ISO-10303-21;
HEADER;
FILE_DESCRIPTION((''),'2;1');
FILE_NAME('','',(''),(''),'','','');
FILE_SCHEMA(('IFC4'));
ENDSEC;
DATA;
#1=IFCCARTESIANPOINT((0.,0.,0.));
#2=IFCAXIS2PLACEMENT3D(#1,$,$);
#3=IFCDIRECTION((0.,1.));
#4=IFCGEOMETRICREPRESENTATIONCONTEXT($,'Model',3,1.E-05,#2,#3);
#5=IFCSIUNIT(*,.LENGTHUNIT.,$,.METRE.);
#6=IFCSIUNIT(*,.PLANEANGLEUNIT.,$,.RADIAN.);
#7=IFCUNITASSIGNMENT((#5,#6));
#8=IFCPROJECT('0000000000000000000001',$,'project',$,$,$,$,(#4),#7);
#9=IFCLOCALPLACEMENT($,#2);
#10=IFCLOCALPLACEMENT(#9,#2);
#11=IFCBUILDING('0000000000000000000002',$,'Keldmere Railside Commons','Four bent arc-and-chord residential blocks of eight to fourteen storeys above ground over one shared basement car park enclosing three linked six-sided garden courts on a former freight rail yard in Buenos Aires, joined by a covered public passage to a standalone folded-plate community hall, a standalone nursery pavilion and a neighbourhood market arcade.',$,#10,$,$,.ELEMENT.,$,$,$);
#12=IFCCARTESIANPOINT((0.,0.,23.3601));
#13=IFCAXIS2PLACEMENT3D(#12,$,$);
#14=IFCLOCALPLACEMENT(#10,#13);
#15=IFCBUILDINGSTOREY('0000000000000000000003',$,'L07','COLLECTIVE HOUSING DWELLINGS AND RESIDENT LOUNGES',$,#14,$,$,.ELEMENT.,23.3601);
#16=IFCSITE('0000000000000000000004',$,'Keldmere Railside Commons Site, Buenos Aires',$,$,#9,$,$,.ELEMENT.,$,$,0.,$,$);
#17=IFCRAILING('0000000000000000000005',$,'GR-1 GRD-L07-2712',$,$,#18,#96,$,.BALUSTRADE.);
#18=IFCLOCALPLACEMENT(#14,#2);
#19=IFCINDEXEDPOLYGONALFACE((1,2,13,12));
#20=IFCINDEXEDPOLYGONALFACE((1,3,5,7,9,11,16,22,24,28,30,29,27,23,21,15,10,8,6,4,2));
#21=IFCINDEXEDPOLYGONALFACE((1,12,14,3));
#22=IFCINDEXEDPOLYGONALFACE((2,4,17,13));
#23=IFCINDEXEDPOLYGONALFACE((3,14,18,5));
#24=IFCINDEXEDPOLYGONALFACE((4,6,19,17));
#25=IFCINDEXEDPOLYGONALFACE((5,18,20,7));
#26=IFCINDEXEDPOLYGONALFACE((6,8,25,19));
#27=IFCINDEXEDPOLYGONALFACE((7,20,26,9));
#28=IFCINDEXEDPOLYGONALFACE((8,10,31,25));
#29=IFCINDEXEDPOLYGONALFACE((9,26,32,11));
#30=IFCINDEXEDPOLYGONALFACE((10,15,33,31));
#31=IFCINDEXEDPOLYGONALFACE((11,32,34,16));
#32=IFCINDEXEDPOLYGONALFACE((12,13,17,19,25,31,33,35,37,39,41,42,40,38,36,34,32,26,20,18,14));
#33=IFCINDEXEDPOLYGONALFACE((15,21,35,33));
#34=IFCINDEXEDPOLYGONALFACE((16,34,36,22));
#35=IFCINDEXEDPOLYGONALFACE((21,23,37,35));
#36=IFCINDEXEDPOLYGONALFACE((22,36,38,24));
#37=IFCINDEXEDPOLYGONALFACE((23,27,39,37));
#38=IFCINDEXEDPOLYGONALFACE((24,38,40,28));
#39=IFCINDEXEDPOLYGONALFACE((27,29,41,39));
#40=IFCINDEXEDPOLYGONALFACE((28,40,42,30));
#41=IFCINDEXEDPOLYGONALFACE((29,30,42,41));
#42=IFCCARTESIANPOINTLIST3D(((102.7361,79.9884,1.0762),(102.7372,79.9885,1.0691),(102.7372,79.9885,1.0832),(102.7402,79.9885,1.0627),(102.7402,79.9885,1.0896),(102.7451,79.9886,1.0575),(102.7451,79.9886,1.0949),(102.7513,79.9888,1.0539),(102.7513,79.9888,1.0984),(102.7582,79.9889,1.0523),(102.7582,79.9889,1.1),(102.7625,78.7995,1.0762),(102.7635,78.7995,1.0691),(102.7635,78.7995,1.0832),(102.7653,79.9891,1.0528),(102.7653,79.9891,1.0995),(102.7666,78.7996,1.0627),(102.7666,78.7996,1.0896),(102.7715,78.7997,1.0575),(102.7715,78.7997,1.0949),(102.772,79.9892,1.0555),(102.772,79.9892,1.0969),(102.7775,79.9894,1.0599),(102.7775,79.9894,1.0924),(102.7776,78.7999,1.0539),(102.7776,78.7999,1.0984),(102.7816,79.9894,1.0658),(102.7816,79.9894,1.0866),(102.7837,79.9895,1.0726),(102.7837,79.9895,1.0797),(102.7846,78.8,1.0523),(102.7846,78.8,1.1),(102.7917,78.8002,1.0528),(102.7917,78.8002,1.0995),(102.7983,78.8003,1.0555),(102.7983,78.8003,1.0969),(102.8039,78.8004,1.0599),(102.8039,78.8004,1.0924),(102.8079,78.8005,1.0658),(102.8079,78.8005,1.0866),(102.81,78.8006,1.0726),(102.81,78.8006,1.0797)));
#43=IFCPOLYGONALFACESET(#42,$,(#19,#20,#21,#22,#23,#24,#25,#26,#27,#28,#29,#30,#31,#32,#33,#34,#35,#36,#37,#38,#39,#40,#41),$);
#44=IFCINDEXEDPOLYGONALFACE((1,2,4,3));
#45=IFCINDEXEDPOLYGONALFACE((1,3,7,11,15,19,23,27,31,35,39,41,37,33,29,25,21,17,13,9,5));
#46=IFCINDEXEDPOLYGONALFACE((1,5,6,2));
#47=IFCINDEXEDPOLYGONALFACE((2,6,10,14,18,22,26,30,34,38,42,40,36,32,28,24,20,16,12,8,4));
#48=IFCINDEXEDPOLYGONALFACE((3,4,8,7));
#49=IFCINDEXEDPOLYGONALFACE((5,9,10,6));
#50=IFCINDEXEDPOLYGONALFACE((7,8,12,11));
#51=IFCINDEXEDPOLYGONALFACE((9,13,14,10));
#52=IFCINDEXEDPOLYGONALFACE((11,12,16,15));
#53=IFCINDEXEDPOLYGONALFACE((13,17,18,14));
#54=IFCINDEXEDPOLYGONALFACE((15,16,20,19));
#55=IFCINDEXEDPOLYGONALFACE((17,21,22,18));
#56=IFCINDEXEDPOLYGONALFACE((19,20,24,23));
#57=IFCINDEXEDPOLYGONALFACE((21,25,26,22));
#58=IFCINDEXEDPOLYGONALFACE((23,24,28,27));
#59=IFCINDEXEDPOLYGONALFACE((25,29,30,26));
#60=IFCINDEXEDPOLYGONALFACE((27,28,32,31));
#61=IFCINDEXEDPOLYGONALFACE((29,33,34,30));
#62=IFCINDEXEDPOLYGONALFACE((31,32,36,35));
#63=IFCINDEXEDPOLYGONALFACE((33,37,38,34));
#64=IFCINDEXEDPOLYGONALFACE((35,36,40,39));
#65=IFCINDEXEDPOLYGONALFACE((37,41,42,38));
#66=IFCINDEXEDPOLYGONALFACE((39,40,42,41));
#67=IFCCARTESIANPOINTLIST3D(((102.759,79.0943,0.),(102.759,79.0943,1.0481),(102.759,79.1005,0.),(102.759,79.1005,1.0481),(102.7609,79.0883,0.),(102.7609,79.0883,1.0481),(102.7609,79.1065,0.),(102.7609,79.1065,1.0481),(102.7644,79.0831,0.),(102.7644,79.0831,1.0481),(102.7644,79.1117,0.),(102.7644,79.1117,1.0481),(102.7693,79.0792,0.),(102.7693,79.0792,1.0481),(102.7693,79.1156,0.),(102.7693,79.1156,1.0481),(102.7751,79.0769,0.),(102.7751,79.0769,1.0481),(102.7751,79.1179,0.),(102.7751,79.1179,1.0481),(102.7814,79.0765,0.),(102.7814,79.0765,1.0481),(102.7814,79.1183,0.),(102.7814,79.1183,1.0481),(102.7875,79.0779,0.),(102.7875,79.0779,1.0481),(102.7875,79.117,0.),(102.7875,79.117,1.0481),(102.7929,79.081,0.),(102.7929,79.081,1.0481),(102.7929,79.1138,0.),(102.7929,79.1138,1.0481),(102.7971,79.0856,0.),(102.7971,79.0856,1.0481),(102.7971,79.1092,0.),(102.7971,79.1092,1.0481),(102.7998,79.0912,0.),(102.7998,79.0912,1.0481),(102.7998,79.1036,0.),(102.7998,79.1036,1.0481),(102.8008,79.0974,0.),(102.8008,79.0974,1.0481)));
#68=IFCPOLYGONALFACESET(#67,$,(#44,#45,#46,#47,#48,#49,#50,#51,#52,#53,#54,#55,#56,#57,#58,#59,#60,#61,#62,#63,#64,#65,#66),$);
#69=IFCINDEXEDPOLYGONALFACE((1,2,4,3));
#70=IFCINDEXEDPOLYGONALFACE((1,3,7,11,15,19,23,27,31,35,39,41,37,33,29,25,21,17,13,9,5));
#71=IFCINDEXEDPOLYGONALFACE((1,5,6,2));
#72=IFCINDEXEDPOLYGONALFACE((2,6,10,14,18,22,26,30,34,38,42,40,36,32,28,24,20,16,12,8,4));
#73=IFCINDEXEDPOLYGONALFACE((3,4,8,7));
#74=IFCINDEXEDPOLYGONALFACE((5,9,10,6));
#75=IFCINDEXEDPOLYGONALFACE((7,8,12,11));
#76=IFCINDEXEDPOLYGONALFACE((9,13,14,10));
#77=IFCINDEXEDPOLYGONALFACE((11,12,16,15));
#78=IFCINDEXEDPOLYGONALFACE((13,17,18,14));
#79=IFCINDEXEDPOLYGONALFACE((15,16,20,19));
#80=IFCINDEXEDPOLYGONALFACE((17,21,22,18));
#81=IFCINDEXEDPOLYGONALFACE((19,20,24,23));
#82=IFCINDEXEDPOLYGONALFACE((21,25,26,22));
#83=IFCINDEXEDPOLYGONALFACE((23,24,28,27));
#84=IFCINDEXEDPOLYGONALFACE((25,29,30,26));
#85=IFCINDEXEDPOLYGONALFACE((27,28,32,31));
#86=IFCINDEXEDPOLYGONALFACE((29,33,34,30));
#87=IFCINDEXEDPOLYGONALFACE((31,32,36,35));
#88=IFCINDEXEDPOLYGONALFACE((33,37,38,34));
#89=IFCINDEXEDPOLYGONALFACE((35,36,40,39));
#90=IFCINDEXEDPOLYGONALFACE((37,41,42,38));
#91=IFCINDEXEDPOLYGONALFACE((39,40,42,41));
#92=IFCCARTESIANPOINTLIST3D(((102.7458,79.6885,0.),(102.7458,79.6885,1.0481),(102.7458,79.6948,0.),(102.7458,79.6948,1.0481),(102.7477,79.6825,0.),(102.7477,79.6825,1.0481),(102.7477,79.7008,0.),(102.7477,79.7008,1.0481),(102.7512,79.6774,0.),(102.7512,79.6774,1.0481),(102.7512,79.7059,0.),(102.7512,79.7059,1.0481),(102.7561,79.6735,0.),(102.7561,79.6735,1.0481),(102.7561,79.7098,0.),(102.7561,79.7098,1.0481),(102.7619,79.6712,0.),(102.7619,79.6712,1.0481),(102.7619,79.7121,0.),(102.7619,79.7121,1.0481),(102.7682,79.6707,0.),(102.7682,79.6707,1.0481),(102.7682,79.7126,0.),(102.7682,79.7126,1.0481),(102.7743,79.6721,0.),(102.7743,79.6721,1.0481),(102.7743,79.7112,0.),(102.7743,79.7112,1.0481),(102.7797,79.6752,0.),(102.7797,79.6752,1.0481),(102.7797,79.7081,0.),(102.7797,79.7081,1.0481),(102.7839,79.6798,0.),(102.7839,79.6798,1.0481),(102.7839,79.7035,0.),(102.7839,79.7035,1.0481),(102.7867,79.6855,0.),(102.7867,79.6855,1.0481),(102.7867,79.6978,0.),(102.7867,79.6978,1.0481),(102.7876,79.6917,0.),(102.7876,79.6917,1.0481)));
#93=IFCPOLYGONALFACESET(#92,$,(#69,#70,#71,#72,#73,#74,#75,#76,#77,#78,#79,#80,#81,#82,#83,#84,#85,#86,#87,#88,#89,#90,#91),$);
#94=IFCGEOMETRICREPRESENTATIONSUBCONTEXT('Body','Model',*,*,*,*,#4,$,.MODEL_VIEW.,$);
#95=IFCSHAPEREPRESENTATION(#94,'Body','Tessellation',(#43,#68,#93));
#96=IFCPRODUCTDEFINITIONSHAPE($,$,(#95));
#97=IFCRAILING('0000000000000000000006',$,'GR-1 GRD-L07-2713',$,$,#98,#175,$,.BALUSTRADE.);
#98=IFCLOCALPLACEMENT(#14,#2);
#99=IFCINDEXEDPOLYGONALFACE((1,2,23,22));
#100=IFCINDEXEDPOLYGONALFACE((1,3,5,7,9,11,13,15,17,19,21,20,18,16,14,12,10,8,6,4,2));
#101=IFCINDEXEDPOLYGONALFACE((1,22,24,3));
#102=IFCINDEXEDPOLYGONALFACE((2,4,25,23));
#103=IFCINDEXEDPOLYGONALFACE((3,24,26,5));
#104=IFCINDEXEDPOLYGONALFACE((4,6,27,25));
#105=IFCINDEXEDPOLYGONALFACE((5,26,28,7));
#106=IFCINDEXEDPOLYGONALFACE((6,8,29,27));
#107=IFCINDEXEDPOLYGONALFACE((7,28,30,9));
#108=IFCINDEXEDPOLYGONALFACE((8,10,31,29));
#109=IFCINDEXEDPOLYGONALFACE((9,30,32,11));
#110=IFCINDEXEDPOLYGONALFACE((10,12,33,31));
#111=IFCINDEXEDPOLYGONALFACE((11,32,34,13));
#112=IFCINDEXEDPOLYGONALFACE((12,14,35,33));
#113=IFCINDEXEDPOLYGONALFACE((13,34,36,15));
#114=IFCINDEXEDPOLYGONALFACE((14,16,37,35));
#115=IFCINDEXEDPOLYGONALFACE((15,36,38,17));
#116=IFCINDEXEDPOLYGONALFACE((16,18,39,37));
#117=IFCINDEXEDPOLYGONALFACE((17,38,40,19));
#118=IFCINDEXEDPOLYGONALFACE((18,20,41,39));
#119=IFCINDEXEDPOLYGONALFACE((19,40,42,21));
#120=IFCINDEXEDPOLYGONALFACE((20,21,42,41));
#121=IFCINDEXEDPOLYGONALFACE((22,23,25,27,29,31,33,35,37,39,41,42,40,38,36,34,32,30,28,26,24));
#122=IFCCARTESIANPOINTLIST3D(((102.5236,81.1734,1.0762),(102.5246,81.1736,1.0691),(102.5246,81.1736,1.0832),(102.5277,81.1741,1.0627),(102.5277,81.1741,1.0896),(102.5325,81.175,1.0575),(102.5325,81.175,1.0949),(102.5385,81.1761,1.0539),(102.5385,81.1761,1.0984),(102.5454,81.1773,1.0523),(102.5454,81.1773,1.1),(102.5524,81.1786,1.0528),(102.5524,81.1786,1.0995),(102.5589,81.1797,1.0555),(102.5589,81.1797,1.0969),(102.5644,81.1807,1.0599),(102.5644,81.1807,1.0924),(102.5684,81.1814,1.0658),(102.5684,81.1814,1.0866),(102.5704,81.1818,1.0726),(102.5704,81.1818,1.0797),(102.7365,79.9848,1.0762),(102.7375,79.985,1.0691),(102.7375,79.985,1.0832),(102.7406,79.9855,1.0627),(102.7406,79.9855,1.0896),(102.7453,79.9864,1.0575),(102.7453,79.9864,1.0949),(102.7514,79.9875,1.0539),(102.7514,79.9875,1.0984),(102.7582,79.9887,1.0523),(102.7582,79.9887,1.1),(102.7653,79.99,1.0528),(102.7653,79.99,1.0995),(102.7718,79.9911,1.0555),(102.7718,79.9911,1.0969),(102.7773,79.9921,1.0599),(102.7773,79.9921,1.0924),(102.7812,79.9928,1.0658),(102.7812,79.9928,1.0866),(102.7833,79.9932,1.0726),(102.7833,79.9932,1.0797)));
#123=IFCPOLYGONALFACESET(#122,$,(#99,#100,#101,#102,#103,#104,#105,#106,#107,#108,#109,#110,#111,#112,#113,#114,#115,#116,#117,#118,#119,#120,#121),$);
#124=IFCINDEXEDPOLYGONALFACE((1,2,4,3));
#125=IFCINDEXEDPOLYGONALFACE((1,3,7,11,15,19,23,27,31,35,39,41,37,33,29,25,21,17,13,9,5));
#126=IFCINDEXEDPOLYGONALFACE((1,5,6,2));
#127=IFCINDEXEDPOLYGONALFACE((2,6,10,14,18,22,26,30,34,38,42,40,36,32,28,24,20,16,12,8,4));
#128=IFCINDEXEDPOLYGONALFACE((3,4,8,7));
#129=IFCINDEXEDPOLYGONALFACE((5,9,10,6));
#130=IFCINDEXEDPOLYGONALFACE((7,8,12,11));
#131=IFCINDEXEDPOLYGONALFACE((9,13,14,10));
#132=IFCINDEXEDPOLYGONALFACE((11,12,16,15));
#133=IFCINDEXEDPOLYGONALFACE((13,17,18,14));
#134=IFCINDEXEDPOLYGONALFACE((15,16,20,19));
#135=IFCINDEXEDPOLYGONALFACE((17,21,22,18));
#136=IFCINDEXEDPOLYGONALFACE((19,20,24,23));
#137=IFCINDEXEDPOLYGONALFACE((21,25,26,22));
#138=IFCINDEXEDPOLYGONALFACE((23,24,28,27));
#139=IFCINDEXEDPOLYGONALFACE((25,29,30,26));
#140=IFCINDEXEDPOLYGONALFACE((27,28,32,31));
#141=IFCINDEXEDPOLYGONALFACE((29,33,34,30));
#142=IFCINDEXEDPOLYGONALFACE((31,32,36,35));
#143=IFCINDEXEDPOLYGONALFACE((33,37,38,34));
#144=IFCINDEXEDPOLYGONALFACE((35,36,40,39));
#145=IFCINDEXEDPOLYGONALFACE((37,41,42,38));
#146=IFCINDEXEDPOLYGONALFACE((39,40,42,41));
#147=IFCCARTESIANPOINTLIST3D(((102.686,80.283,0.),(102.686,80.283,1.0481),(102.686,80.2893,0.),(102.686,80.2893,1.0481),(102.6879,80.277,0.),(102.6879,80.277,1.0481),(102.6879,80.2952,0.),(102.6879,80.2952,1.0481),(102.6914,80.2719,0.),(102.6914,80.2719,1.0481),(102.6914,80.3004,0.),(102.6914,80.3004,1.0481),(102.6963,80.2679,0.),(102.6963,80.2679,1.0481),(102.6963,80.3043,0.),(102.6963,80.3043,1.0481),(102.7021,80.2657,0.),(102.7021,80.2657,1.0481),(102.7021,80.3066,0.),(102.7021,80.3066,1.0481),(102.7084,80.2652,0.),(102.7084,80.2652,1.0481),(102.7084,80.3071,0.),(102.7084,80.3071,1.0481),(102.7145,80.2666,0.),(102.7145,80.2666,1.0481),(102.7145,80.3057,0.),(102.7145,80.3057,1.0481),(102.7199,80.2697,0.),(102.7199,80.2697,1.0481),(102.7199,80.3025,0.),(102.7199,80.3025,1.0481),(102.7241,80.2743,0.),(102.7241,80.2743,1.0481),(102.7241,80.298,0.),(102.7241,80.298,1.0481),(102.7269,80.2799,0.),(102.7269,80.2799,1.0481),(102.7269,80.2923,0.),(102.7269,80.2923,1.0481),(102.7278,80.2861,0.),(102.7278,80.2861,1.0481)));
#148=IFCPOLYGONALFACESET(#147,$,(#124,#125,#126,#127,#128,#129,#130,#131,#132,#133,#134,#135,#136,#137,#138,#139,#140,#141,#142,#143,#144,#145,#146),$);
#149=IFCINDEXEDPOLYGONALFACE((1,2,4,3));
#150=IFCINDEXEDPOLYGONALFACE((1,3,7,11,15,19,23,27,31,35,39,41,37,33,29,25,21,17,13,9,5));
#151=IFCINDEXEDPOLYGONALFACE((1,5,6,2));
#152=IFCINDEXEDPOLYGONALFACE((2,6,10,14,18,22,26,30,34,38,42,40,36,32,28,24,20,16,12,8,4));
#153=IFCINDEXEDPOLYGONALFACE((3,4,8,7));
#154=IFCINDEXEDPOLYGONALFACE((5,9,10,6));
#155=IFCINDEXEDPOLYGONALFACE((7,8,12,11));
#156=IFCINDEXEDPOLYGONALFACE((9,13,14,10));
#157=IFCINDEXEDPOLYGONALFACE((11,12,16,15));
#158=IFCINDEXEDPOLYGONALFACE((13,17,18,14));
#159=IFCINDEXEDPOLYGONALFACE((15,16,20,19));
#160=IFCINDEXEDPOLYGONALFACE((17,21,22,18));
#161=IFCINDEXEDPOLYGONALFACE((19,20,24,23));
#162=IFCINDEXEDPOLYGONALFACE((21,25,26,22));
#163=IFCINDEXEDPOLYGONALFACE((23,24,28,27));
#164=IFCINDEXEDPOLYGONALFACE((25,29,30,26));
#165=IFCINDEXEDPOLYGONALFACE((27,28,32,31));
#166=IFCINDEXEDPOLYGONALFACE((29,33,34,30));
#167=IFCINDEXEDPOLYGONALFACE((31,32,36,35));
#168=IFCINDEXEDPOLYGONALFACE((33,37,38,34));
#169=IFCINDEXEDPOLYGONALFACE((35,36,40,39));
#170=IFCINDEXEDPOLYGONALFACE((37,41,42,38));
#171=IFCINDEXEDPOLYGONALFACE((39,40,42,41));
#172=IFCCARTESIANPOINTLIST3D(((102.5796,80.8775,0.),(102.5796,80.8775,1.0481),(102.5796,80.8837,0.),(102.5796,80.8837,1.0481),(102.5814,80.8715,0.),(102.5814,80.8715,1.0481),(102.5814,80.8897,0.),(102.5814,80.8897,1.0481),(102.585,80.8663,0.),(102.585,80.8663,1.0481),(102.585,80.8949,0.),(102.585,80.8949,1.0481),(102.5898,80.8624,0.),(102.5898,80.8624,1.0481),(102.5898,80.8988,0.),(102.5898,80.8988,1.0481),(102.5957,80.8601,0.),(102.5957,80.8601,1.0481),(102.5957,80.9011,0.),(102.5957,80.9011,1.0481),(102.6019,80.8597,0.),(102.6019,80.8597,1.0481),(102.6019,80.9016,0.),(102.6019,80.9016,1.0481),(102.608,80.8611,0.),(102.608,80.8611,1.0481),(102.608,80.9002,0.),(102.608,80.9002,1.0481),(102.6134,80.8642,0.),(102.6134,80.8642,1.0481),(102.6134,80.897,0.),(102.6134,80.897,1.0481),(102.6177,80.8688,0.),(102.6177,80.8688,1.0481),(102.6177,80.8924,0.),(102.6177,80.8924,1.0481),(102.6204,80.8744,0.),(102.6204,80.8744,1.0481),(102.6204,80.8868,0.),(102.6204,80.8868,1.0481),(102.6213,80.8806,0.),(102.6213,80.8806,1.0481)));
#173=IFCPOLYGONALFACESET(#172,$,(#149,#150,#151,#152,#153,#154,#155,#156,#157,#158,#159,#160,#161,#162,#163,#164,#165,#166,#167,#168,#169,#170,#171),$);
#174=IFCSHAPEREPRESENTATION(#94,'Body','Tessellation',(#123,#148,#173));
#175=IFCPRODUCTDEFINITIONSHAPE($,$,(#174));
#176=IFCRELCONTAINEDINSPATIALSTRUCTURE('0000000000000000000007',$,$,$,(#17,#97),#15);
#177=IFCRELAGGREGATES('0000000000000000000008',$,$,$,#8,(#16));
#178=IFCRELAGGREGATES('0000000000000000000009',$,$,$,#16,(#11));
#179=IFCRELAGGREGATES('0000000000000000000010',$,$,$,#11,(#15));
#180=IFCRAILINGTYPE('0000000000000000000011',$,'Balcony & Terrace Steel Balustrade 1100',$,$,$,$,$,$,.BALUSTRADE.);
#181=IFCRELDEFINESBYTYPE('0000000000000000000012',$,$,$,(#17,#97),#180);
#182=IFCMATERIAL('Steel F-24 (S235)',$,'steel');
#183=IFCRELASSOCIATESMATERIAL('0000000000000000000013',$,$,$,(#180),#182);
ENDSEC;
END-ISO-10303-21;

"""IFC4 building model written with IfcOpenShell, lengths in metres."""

from ifc_helpers import new_model, si_unit, direction, frame, origin, origin_2d, place, context, subcontext, project, spatial, circle, extrude, material, type_object, element, save


model = new_model("IFC4")

# Units and contexts
model_context = context("Model", 3, precision=1e-05, world=origin(), true_north=direction((0.0, 1.0)))
body_context = subcontext(model_context, "Body", "Model", "MODEL_VIEW")
ifc_project = project(units=[si_unit("LENGTHUNIT", "METRE"), si_unit("PLANEANGLEUNIT", "RADIAN")], contexts=[model_context])

# Site, building, storey
site_placement = place(None, origin())
site = spatial("IfcSite", under=ifc_project, at=site_placement, Name="Keldmere Railside Commons Site, Buenos Aires", CompositionType="ELEMENT", RefElevation=0.0)
building_placement = place(site_placement, origin())
building = spatial("IfcBuilding", under=site, at=building_placement, Name="Keldmere Railside Commons", Description="Four bent arc-and-chord residential blocks of eight to fourteen storeys above ground over one shared basement car park enclosing three linked six-sided garden courts on a former freight rail yard in Buenos Aires, joined by a covered public passage to a standalone folded-plate community hall, a standalone nursery pavilion and a neighbourhood market arcade.", CompositionType="ELEMENT")
storey_placement = place(building_placement, frame((0.0, 0.0, 23.3601)))
storey = spatial("IfcBuildingStorey", under=building, at=storey_placement, Name="L07", Description="COLLECTIVE HOUSING DWELLINGS AND RESIDENT LOUNGES", CompositionType="ELEMENT", Elevation=23.3601)

# Shared definitions
ifc_material_1 = material(Name="Steel F-24 (S235)", Category="steel")

# Railings
railing_type = type_object("IfcRailingType", Name="Balcony & Terrace Steel Balustrade 1100", PredefinedType="BALUSTRADE", material=ifc_material_1)
railing_1_placement = place(storey_placement, frame((102.7864, 78.8, 0.0)))
element("IfcRailing", 1, at=railing_1_placement, inside=storey, type_object=railing_type, Name="GR-1 GRD-L07-2712", PredefinedType="BALUSTRADE", context=body_context, shape_type="SweptSolid", body=[
    extrude(circle(Radius=0.0239, at=origin_2d()), frame((0.0, 0.0, 1.0762), z_axis=(-0.022171, 0.999754, 0.0), x_axis=(-0.999754, -0.022171, 0.0)), (0.0, 0.0, 1.0), 1.1892),
    extrude(circle(Radius=0.021, at=origin_2d()), frame((-0.0066, 0.2974, 0.0)), (0.0, 0.0, 1.0), 1.0481),
    extrude(circle(Radius=0.021, at=origin_2d()), frame((-0.0198, 0.8916, 0.0)), (0.0, 0.0, 1.0), 1.0481),
])
railing_2_placement = place(storey_placement, frame((102.76, 79.989, 0.0)))
element("IfcRailing", 2, at=railing_2_placement, inside=storey, type_object=railing_type, Name="GR-1 GRD-L07-2713", PredefinedType="BALUSTRADE", context=body_context, shape_type="SweptSolid", body=[
    extrude(circle(Radius=0.0239, at=origin_2d()), frame((0.0, 0.0, 1.0762), z_axis=(-0.176287, 0.984339, 0.0), x_axis=(-0.984339, -0.176287, 0.0)), (0.0, 0.0, 1.0), 1.2075),
    extrude(circle(Radius=0.021, at=origin_2d()), frame((-0.0532, 0.2971, 0.0)), (0.0, 0.0, 1.0), 1.0481),
    extrude(circle(Radius=0.021, at=origin_2d()), frame((-0.1597, 0.8916, 0.0)), (0.0, 0.0, 1.0), 1.0481),
])

save(model, "model.ifc")
